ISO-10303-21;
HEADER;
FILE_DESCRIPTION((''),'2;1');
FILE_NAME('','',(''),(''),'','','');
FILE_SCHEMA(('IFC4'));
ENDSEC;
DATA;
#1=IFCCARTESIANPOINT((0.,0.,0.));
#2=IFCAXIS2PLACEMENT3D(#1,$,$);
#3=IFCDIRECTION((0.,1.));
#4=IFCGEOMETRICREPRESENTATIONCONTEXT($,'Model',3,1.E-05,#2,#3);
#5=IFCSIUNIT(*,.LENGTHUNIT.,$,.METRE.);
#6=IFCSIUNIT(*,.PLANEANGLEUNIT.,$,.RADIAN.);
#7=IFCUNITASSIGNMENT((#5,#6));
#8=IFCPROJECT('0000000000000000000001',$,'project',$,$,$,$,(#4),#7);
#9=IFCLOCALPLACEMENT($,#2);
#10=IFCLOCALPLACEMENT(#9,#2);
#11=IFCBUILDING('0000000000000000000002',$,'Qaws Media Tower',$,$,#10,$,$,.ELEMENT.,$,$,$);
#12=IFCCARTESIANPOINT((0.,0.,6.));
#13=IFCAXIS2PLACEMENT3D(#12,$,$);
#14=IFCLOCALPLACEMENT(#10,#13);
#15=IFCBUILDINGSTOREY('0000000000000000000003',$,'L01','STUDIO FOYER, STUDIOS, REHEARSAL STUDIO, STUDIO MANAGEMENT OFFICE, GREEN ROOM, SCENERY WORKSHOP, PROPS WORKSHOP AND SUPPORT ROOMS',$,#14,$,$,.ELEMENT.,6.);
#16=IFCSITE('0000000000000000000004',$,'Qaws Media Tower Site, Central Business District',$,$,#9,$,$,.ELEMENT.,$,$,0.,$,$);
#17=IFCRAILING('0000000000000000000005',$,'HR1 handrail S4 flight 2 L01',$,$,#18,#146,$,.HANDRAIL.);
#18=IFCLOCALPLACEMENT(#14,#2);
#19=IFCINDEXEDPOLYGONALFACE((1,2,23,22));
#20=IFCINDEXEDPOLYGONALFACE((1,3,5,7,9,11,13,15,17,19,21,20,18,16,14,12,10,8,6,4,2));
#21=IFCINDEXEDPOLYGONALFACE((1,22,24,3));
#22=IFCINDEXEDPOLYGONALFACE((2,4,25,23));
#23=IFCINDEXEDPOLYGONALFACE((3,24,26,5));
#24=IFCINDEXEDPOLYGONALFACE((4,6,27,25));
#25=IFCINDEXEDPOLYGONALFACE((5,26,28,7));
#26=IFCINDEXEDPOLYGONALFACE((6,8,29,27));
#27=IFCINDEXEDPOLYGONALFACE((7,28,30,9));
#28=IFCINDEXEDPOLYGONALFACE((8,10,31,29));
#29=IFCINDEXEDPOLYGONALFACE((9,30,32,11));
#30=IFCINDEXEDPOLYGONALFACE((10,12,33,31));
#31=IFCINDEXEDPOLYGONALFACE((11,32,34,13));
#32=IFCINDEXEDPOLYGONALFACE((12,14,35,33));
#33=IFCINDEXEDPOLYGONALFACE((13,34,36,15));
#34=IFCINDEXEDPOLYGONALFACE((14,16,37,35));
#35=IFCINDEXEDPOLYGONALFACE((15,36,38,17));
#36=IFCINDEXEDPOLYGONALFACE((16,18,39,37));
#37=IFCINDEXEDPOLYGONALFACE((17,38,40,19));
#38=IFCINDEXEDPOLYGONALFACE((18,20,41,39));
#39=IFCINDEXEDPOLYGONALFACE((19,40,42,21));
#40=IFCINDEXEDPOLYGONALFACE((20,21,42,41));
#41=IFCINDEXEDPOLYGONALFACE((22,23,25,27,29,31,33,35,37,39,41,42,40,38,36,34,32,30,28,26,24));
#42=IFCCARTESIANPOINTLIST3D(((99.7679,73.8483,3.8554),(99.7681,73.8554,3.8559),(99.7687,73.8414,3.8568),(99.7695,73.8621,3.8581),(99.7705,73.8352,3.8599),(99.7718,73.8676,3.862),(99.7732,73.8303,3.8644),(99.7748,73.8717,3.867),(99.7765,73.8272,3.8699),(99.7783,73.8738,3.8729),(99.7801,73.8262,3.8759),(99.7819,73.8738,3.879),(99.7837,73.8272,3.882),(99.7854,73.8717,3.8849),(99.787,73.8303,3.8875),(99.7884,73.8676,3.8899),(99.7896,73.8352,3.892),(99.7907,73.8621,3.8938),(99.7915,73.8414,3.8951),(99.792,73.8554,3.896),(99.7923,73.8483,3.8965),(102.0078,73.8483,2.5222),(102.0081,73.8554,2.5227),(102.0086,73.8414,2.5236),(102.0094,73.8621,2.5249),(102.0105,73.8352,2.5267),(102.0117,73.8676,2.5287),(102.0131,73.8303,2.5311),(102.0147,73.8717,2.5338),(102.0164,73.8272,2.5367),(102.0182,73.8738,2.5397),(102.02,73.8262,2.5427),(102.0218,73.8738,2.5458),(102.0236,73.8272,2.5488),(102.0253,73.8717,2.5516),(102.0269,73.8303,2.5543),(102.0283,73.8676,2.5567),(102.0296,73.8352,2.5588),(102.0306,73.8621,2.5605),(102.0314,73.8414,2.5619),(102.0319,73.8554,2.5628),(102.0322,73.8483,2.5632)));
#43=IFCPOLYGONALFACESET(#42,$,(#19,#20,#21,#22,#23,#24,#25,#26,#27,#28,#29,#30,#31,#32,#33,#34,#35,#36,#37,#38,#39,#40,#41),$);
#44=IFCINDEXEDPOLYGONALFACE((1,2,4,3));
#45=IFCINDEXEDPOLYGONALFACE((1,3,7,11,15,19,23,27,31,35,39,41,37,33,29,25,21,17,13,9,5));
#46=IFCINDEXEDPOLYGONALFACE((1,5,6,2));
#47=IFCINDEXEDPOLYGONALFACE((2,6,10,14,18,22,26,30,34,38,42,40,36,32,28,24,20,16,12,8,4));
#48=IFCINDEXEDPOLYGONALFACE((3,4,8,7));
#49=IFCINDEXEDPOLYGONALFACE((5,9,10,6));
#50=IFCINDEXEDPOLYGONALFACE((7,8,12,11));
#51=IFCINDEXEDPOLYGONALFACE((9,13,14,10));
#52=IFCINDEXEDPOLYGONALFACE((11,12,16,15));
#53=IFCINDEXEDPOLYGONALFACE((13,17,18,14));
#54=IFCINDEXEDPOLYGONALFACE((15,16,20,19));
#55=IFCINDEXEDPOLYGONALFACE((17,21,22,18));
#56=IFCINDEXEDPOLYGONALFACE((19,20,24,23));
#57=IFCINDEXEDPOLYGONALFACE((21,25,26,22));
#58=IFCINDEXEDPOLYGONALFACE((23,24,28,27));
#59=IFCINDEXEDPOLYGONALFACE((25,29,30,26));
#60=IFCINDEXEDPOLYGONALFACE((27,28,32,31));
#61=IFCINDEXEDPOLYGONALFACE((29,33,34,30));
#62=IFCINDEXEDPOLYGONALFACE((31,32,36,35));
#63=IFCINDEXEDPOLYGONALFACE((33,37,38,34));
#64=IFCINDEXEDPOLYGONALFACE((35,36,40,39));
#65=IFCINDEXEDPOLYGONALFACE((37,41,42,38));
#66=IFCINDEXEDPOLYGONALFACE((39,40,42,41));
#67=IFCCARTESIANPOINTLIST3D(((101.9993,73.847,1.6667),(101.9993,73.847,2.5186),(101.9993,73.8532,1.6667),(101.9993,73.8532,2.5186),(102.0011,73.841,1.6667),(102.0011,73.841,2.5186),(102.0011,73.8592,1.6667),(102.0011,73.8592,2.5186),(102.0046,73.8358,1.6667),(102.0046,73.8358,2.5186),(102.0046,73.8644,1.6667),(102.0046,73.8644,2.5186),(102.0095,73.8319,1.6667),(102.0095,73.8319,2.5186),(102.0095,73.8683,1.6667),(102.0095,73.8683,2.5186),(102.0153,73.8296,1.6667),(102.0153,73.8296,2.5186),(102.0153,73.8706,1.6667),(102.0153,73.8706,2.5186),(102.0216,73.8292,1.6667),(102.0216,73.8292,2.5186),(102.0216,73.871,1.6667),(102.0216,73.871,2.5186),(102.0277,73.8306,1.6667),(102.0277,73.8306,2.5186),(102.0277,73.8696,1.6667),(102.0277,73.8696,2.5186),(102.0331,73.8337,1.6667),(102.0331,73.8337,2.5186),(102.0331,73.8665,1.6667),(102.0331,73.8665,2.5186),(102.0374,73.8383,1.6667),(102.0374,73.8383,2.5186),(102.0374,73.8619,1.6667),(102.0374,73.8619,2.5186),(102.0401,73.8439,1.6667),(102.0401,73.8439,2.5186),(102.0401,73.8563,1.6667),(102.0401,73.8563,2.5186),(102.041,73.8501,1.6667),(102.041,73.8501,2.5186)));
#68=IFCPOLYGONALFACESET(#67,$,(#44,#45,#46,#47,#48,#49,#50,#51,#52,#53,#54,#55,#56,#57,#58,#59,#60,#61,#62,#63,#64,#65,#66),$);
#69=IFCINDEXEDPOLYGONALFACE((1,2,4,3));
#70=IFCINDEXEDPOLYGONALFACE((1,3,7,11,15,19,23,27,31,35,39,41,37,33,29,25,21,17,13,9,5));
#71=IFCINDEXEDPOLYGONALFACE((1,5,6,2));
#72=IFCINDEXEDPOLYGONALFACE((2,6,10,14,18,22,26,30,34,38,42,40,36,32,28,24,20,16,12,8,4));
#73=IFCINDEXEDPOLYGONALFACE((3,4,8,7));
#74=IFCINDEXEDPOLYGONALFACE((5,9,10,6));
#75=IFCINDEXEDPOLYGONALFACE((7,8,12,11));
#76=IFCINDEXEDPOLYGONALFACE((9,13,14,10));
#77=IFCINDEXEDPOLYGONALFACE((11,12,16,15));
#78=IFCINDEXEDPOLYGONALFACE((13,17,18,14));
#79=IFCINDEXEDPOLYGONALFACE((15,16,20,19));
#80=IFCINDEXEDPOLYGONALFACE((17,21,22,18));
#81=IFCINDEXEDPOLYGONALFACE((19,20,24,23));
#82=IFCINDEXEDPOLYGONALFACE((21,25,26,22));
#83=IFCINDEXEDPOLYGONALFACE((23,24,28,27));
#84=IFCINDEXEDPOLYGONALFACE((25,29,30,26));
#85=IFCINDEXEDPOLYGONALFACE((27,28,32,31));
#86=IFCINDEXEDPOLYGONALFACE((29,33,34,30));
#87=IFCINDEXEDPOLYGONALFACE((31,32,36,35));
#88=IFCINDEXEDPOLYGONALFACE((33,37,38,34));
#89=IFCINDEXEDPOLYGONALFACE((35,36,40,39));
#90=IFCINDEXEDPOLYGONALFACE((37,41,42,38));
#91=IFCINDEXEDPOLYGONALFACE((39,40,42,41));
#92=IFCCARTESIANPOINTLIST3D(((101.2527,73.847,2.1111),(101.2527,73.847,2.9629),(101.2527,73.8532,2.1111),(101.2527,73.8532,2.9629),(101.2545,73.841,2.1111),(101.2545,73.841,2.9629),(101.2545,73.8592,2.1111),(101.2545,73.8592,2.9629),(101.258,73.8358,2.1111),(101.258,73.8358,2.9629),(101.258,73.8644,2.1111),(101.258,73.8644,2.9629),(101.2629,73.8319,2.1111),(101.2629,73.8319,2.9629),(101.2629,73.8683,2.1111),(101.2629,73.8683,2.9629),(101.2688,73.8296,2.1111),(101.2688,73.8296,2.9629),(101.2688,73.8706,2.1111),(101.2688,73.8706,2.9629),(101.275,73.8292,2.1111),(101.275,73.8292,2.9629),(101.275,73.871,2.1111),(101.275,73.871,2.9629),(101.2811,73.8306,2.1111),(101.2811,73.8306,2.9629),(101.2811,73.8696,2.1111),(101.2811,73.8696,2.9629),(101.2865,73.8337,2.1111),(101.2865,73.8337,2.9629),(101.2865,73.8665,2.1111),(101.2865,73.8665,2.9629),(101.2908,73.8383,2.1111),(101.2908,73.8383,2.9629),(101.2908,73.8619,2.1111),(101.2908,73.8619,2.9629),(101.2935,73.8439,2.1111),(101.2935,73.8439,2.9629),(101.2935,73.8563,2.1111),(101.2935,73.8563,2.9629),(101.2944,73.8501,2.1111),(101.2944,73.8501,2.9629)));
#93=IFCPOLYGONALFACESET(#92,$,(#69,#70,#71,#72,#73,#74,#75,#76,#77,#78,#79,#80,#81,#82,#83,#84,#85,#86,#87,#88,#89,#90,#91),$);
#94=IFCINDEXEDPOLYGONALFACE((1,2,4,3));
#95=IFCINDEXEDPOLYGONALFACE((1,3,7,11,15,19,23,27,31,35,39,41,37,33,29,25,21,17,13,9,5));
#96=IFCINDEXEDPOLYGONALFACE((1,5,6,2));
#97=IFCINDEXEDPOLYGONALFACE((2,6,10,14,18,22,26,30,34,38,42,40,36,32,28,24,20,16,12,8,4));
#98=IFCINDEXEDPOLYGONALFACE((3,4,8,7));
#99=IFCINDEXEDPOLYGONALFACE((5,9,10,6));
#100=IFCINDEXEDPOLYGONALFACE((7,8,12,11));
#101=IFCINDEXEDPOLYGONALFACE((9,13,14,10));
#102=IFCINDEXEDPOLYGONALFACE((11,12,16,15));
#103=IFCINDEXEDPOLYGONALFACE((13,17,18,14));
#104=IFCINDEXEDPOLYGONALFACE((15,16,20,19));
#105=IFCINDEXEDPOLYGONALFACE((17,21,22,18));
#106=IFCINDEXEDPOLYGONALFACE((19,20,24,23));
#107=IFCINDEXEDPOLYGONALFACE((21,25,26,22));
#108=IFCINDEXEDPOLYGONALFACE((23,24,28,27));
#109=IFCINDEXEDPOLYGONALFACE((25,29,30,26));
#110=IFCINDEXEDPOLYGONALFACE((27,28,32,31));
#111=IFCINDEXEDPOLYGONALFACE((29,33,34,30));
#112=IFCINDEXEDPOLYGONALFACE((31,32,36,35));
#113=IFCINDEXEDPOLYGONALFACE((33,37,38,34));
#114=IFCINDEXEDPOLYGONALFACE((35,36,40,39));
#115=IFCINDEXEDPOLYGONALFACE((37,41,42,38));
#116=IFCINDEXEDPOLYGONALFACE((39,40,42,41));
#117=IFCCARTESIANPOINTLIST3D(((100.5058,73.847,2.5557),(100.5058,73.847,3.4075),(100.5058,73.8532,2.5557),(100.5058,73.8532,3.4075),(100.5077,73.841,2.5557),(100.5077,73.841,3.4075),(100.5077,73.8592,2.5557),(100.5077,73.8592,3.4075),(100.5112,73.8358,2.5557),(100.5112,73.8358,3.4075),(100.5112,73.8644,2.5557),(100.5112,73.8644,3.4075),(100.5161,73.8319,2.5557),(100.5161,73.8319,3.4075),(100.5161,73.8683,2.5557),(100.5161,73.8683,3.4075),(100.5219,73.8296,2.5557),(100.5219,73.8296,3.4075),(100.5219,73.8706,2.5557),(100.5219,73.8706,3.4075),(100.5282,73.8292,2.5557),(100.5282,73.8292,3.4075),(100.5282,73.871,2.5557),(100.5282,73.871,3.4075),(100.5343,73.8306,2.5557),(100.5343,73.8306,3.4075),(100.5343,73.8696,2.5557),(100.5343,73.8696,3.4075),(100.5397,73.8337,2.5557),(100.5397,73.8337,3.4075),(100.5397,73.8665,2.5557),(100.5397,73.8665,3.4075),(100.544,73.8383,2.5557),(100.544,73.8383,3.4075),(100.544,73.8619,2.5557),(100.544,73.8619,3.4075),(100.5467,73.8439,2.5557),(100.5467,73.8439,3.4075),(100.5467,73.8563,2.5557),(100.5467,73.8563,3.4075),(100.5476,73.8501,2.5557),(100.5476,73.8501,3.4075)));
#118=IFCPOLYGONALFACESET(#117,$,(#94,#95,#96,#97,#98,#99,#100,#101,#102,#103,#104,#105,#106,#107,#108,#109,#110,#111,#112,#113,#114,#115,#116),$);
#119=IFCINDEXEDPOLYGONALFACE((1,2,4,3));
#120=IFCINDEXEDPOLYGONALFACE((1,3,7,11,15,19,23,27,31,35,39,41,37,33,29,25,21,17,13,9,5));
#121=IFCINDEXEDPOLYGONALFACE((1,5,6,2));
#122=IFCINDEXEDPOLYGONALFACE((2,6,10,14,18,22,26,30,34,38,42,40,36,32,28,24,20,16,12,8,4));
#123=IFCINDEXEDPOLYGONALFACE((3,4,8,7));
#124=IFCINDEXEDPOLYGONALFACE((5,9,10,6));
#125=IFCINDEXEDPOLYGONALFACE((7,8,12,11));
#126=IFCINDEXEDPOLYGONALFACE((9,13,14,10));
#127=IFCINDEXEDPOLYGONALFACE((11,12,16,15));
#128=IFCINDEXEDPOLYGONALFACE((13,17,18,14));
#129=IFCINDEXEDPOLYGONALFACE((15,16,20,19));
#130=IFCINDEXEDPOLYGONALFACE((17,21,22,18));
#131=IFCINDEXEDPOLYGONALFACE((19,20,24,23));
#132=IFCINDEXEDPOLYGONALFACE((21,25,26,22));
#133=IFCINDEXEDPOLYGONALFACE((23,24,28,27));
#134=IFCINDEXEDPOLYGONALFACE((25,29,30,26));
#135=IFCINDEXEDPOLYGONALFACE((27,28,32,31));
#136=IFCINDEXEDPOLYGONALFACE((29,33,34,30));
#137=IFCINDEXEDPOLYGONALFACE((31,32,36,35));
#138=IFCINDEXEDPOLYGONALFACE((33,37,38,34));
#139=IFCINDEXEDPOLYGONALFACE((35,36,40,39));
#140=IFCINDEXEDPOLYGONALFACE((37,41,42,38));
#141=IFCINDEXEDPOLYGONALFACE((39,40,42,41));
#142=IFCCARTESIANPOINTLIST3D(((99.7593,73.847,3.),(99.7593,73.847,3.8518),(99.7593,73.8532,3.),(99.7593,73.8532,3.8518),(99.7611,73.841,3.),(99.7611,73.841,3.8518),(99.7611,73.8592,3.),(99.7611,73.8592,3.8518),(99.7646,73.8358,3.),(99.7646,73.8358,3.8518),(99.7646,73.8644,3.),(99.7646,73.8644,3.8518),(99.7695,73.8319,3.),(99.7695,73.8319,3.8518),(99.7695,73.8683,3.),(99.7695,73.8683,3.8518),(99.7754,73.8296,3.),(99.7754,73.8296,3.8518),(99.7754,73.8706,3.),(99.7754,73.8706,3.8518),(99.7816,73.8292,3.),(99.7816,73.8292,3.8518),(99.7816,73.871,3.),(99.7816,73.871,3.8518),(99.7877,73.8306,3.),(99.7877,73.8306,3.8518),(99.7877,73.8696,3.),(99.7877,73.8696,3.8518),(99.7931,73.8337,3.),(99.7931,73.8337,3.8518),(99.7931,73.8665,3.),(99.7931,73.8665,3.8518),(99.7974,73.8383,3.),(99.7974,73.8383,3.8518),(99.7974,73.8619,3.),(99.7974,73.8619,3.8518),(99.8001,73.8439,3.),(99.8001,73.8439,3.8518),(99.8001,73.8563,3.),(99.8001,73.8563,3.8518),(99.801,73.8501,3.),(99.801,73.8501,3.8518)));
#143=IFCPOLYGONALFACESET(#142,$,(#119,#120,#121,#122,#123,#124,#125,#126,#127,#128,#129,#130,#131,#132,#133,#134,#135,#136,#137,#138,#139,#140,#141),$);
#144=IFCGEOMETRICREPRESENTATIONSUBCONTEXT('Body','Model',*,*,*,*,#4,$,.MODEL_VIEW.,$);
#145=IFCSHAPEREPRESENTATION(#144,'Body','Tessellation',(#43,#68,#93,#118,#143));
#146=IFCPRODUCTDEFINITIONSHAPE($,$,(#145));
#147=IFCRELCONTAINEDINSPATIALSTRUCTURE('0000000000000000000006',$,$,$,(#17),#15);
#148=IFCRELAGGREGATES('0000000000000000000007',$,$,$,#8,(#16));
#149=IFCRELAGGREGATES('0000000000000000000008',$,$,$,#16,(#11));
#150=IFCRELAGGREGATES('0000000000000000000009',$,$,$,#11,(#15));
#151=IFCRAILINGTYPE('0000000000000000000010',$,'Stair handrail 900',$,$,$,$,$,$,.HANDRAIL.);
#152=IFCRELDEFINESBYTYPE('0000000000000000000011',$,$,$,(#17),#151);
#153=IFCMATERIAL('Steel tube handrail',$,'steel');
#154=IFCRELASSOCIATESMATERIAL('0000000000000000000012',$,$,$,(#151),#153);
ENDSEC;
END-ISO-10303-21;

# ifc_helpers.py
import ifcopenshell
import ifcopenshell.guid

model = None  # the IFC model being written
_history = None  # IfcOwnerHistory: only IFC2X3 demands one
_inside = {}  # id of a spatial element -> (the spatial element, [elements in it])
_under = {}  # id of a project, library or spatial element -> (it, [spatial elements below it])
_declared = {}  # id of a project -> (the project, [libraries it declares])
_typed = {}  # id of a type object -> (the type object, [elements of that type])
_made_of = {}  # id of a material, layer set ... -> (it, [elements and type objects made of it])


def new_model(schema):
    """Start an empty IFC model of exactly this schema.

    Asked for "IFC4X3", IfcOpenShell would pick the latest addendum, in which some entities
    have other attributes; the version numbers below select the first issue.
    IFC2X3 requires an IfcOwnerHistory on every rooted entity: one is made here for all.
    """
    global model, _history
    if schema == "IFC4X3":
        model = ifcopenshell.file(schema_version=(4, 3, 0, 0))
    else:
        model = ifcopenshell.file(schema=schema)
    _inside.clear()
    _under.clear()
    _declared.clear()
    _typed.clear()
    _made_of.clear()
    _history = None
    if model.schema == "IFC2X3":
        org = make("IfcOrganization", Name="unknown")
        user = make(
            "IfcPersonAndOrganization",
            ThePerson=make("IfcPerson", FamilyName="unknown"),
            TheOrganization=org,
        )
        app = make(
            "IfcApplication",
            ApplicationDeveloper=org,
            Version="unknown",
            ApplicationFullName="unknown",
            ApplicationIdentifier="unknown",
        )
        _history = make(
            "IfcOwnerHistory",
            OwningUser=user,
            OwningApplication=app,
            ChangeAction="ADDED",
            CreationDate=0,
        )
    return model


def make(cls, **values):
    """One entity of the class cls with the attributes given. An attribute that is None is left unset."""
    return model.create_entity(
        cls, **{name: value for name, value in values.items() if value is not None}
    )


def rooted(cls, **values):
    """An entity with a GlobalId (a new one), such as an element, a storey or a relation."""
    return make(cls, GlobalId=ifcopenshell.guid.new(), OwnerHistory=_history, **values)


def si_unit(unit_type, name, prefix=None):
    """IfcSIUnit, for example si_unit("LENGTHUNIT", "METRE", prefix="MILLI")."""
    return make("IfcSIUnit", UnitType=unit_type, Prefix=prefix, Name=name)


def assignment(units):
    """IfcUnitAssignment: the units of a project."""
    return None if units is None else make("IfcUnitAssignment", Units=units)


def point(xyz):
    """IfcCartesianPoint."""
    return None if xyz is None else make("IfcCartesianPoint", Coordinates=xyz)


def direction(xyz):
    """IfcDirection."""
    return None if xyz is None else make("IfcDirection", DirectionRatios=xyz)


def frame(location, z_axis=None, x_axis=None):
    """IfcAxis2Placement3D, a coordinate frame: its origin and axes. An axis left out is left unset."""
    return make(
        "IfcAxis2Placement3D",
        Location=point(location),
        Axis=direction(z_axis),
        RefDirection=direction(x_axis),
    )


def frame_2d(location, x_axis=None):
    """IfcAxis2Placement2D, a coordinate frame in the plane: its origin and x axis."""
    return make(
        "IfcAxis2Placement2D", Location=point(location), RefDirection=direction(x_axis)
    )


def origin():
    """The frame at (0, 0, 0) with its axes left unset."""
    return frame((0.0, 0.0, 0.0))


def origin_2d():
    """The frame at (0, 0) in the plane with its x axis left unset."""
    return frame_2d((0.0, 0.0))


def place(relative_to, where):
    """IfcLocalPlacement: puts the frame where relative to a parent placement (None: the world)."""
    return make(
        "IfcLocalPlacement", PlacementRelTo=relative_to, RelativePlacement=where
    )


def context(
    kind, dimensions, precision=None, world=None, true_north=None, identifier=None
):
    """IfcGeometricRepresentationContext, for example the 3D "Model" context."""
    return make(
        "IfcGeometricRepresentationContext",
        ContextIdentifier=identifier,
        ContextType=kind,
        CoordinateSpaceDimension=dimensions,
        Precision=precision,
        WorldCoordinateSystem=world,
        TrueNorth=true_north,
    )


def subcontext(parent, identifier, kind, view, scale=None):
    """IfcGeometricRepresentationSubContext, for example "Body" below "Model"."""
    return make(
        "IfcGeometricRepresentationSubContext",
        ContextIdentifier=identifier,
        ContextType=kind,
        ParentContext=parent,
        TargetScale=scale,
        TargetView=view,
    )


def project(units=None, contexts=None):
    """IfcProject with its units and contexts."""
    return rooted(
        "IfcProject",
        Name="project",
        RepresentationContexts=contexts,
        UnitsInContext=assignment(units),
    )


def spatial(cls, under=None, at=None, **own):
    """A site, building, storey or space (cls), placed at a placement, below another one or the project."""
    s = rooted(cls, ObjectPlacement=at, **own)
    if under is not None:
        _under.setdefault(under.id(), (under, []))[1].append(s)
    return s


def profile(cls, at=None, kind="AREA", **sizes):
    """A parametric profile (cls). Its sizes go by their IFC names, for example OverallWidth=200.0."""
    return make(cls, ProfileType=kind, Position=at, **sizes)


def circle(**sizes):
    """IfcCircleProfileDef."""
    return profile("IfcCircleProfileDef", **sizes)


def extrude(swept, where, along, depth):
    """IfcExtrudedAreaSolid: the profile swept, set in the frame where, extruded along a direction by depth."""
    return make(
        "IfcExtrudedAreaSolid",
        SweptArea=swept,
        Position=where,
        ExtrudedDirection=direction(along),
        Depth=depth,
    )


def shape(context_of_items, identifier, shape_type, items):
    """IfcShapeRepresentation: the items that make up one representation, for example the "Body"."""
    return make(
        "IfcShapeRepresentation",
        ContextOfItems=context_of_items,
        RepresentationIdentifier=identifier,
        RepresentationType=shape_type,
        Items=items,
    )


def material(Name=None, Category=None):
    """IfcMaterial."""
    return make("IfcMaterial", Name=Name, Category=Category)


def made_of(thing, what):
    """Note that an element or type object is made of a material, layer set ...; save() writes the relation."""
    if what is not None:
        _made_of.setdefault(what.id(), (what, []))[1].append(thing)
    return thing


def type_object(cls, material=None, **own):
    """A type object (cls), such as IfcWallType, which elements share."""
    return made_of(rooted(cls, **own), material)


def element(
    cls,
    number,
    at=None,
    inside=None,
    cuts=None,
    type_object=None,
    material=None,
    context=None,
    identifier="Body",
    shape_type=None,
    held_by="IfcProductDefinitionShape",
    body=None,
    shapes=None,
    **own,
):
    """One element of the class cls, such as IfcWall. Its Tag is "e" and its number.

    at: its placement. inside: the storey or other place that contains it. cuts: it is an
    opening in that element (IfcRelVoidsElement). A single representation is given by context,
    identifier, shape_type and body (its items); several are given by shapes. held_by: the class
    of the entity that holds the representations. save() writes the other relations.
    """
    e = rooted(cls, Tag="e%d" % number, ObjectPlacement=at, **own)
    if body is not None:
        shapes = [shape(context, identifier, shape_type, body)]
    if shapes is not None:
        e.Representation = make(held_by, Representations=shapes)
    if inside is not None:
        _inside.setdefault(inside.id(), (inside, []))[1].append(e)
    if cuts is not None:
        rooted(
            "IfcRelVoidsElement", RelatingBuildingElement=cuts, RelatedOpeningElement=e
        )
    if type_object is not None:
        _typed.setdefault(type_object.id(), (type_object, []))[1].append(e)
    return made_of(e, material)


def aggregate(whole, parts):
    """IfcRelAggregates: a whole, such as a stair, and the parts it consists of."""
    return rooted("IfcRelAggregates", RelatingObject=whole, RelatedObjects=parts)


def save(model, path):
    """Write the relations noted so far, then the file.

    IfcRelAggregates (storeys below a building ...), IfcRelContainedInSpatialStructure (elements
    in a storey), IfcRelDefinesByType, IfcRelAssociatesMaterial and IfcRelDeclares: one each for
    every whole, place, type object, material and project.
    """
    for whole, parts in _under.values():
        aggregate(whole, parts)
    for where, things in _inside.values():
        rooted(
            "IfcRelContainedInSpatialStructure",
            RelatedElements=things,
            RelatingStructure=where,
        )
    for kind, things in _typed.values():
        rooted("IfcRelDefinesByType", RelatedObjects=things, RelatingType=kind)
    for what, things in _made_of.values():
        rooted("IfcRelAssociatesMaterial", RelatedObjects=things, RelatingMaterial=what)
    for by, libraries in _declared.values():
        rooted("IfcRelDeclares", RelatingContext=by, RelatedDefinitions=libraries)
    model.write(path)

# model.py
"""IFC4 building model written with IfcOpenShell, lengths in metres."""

from ifc_helpers import new_model, si_unit, direction, frame, origin, origin_2d, place, context, subcontext, project, spatial, circle, extrude, material, type_object, element, save


model = new_model("IFC4")

# Units and contexts
model_context = context("Model", 3, precision=1e-05, world=origin(), true_north=direction((0.0, 1.0)))
body_context = subcontext(model_context, "Body", "Model", "MODEL_VIEW")
ifc_project = project(units=[si_unit("LENGTHUNIT", "METRE"), si_unit("PLANEANGLEUNIT", "RADIAN")], contexts=[model_context])

# Site, building, storey
site_placement = place(None, origin())
site = spatial("IfcSite", under=ifc_project, at=site_placement, Name="Qaws Media Tower Site, Central Business District", CompositionType="ELEMENT", RefElevation=0.0)
building_placement = place(site_placement, origin())
building = spatial("IfcBuilding", under=site, at=building_placement, Name="Qaws Media Tower", CompositionType="ELEMENT")
storey_placement = place(building_placement, frame((0.0, 0.0, 6.0)))
storey = spatial("IfcBuildingStorey", under=building, at=storey_placement, Name="L01", Description="STUDIO FOYER, STUDIOS, REHEARSAL STUDIO, STUDIO MANAGEMENT OFFICE, GREEN ROOM, SCENERY WORKSHOP, PROPS WORKSHOP AND SUPPORT ROOMS", CompositionType="ELEMENT", Elevation=6.0)

# Railing
ifc_material_1 = material(Name="Steel tube handrail", Category="steel")
railing_type = type_object("IfcRailingType", Name="Stair handrail 900", PredefinedType="HANDRAIL", material=ifc_material_1)
for number, where, name in (
    (1, (102.02, 73.8501, 1.6667), "HR1 handrail S4 flight 2 L01"),
):
    element("IfcRailing", number, at=place(storey_placement, frame(where)), inside=storey, type_object=railing_type, Name=name, PredefinedType="HANDRAIL", context=body_context, shape_type="SweptSolid", body=[
        extrude(circle(Radius=0.0239, at=origin_2d()), frame((0.0, 0.0, 0.876), z_axis=(-0.859306, 0.0, 0.511462), x_axis=(0.0, -1.0, 0.0)), (0.0, 0.0, 1.0), 2.6067),
        extrude(circle(Radius=0.021, at=origin_2d()), origin(), (0.0, 0.0, 1.0), 0.8518),
        extrude(circle(Radius=0.021, at=origin_2d()), frame((-0.7466, 0.0, 0.4443)), (0.0, 0.0, 1.0), 0.8518),
        extrude(circle(Radius=0.021, at=origin_2d()), frame((-1.4934, 0.0, 0.8889)), (0.0, 0.0, 1.0), 0.8518),
        extrude(circle(Radius=0.021, at=origin_2d()), frame((-2.24, 0.0, 1.3333)), (0.0, 0.0, 1.0), 0.8518),
    ])

save(model, "model.ifc")
